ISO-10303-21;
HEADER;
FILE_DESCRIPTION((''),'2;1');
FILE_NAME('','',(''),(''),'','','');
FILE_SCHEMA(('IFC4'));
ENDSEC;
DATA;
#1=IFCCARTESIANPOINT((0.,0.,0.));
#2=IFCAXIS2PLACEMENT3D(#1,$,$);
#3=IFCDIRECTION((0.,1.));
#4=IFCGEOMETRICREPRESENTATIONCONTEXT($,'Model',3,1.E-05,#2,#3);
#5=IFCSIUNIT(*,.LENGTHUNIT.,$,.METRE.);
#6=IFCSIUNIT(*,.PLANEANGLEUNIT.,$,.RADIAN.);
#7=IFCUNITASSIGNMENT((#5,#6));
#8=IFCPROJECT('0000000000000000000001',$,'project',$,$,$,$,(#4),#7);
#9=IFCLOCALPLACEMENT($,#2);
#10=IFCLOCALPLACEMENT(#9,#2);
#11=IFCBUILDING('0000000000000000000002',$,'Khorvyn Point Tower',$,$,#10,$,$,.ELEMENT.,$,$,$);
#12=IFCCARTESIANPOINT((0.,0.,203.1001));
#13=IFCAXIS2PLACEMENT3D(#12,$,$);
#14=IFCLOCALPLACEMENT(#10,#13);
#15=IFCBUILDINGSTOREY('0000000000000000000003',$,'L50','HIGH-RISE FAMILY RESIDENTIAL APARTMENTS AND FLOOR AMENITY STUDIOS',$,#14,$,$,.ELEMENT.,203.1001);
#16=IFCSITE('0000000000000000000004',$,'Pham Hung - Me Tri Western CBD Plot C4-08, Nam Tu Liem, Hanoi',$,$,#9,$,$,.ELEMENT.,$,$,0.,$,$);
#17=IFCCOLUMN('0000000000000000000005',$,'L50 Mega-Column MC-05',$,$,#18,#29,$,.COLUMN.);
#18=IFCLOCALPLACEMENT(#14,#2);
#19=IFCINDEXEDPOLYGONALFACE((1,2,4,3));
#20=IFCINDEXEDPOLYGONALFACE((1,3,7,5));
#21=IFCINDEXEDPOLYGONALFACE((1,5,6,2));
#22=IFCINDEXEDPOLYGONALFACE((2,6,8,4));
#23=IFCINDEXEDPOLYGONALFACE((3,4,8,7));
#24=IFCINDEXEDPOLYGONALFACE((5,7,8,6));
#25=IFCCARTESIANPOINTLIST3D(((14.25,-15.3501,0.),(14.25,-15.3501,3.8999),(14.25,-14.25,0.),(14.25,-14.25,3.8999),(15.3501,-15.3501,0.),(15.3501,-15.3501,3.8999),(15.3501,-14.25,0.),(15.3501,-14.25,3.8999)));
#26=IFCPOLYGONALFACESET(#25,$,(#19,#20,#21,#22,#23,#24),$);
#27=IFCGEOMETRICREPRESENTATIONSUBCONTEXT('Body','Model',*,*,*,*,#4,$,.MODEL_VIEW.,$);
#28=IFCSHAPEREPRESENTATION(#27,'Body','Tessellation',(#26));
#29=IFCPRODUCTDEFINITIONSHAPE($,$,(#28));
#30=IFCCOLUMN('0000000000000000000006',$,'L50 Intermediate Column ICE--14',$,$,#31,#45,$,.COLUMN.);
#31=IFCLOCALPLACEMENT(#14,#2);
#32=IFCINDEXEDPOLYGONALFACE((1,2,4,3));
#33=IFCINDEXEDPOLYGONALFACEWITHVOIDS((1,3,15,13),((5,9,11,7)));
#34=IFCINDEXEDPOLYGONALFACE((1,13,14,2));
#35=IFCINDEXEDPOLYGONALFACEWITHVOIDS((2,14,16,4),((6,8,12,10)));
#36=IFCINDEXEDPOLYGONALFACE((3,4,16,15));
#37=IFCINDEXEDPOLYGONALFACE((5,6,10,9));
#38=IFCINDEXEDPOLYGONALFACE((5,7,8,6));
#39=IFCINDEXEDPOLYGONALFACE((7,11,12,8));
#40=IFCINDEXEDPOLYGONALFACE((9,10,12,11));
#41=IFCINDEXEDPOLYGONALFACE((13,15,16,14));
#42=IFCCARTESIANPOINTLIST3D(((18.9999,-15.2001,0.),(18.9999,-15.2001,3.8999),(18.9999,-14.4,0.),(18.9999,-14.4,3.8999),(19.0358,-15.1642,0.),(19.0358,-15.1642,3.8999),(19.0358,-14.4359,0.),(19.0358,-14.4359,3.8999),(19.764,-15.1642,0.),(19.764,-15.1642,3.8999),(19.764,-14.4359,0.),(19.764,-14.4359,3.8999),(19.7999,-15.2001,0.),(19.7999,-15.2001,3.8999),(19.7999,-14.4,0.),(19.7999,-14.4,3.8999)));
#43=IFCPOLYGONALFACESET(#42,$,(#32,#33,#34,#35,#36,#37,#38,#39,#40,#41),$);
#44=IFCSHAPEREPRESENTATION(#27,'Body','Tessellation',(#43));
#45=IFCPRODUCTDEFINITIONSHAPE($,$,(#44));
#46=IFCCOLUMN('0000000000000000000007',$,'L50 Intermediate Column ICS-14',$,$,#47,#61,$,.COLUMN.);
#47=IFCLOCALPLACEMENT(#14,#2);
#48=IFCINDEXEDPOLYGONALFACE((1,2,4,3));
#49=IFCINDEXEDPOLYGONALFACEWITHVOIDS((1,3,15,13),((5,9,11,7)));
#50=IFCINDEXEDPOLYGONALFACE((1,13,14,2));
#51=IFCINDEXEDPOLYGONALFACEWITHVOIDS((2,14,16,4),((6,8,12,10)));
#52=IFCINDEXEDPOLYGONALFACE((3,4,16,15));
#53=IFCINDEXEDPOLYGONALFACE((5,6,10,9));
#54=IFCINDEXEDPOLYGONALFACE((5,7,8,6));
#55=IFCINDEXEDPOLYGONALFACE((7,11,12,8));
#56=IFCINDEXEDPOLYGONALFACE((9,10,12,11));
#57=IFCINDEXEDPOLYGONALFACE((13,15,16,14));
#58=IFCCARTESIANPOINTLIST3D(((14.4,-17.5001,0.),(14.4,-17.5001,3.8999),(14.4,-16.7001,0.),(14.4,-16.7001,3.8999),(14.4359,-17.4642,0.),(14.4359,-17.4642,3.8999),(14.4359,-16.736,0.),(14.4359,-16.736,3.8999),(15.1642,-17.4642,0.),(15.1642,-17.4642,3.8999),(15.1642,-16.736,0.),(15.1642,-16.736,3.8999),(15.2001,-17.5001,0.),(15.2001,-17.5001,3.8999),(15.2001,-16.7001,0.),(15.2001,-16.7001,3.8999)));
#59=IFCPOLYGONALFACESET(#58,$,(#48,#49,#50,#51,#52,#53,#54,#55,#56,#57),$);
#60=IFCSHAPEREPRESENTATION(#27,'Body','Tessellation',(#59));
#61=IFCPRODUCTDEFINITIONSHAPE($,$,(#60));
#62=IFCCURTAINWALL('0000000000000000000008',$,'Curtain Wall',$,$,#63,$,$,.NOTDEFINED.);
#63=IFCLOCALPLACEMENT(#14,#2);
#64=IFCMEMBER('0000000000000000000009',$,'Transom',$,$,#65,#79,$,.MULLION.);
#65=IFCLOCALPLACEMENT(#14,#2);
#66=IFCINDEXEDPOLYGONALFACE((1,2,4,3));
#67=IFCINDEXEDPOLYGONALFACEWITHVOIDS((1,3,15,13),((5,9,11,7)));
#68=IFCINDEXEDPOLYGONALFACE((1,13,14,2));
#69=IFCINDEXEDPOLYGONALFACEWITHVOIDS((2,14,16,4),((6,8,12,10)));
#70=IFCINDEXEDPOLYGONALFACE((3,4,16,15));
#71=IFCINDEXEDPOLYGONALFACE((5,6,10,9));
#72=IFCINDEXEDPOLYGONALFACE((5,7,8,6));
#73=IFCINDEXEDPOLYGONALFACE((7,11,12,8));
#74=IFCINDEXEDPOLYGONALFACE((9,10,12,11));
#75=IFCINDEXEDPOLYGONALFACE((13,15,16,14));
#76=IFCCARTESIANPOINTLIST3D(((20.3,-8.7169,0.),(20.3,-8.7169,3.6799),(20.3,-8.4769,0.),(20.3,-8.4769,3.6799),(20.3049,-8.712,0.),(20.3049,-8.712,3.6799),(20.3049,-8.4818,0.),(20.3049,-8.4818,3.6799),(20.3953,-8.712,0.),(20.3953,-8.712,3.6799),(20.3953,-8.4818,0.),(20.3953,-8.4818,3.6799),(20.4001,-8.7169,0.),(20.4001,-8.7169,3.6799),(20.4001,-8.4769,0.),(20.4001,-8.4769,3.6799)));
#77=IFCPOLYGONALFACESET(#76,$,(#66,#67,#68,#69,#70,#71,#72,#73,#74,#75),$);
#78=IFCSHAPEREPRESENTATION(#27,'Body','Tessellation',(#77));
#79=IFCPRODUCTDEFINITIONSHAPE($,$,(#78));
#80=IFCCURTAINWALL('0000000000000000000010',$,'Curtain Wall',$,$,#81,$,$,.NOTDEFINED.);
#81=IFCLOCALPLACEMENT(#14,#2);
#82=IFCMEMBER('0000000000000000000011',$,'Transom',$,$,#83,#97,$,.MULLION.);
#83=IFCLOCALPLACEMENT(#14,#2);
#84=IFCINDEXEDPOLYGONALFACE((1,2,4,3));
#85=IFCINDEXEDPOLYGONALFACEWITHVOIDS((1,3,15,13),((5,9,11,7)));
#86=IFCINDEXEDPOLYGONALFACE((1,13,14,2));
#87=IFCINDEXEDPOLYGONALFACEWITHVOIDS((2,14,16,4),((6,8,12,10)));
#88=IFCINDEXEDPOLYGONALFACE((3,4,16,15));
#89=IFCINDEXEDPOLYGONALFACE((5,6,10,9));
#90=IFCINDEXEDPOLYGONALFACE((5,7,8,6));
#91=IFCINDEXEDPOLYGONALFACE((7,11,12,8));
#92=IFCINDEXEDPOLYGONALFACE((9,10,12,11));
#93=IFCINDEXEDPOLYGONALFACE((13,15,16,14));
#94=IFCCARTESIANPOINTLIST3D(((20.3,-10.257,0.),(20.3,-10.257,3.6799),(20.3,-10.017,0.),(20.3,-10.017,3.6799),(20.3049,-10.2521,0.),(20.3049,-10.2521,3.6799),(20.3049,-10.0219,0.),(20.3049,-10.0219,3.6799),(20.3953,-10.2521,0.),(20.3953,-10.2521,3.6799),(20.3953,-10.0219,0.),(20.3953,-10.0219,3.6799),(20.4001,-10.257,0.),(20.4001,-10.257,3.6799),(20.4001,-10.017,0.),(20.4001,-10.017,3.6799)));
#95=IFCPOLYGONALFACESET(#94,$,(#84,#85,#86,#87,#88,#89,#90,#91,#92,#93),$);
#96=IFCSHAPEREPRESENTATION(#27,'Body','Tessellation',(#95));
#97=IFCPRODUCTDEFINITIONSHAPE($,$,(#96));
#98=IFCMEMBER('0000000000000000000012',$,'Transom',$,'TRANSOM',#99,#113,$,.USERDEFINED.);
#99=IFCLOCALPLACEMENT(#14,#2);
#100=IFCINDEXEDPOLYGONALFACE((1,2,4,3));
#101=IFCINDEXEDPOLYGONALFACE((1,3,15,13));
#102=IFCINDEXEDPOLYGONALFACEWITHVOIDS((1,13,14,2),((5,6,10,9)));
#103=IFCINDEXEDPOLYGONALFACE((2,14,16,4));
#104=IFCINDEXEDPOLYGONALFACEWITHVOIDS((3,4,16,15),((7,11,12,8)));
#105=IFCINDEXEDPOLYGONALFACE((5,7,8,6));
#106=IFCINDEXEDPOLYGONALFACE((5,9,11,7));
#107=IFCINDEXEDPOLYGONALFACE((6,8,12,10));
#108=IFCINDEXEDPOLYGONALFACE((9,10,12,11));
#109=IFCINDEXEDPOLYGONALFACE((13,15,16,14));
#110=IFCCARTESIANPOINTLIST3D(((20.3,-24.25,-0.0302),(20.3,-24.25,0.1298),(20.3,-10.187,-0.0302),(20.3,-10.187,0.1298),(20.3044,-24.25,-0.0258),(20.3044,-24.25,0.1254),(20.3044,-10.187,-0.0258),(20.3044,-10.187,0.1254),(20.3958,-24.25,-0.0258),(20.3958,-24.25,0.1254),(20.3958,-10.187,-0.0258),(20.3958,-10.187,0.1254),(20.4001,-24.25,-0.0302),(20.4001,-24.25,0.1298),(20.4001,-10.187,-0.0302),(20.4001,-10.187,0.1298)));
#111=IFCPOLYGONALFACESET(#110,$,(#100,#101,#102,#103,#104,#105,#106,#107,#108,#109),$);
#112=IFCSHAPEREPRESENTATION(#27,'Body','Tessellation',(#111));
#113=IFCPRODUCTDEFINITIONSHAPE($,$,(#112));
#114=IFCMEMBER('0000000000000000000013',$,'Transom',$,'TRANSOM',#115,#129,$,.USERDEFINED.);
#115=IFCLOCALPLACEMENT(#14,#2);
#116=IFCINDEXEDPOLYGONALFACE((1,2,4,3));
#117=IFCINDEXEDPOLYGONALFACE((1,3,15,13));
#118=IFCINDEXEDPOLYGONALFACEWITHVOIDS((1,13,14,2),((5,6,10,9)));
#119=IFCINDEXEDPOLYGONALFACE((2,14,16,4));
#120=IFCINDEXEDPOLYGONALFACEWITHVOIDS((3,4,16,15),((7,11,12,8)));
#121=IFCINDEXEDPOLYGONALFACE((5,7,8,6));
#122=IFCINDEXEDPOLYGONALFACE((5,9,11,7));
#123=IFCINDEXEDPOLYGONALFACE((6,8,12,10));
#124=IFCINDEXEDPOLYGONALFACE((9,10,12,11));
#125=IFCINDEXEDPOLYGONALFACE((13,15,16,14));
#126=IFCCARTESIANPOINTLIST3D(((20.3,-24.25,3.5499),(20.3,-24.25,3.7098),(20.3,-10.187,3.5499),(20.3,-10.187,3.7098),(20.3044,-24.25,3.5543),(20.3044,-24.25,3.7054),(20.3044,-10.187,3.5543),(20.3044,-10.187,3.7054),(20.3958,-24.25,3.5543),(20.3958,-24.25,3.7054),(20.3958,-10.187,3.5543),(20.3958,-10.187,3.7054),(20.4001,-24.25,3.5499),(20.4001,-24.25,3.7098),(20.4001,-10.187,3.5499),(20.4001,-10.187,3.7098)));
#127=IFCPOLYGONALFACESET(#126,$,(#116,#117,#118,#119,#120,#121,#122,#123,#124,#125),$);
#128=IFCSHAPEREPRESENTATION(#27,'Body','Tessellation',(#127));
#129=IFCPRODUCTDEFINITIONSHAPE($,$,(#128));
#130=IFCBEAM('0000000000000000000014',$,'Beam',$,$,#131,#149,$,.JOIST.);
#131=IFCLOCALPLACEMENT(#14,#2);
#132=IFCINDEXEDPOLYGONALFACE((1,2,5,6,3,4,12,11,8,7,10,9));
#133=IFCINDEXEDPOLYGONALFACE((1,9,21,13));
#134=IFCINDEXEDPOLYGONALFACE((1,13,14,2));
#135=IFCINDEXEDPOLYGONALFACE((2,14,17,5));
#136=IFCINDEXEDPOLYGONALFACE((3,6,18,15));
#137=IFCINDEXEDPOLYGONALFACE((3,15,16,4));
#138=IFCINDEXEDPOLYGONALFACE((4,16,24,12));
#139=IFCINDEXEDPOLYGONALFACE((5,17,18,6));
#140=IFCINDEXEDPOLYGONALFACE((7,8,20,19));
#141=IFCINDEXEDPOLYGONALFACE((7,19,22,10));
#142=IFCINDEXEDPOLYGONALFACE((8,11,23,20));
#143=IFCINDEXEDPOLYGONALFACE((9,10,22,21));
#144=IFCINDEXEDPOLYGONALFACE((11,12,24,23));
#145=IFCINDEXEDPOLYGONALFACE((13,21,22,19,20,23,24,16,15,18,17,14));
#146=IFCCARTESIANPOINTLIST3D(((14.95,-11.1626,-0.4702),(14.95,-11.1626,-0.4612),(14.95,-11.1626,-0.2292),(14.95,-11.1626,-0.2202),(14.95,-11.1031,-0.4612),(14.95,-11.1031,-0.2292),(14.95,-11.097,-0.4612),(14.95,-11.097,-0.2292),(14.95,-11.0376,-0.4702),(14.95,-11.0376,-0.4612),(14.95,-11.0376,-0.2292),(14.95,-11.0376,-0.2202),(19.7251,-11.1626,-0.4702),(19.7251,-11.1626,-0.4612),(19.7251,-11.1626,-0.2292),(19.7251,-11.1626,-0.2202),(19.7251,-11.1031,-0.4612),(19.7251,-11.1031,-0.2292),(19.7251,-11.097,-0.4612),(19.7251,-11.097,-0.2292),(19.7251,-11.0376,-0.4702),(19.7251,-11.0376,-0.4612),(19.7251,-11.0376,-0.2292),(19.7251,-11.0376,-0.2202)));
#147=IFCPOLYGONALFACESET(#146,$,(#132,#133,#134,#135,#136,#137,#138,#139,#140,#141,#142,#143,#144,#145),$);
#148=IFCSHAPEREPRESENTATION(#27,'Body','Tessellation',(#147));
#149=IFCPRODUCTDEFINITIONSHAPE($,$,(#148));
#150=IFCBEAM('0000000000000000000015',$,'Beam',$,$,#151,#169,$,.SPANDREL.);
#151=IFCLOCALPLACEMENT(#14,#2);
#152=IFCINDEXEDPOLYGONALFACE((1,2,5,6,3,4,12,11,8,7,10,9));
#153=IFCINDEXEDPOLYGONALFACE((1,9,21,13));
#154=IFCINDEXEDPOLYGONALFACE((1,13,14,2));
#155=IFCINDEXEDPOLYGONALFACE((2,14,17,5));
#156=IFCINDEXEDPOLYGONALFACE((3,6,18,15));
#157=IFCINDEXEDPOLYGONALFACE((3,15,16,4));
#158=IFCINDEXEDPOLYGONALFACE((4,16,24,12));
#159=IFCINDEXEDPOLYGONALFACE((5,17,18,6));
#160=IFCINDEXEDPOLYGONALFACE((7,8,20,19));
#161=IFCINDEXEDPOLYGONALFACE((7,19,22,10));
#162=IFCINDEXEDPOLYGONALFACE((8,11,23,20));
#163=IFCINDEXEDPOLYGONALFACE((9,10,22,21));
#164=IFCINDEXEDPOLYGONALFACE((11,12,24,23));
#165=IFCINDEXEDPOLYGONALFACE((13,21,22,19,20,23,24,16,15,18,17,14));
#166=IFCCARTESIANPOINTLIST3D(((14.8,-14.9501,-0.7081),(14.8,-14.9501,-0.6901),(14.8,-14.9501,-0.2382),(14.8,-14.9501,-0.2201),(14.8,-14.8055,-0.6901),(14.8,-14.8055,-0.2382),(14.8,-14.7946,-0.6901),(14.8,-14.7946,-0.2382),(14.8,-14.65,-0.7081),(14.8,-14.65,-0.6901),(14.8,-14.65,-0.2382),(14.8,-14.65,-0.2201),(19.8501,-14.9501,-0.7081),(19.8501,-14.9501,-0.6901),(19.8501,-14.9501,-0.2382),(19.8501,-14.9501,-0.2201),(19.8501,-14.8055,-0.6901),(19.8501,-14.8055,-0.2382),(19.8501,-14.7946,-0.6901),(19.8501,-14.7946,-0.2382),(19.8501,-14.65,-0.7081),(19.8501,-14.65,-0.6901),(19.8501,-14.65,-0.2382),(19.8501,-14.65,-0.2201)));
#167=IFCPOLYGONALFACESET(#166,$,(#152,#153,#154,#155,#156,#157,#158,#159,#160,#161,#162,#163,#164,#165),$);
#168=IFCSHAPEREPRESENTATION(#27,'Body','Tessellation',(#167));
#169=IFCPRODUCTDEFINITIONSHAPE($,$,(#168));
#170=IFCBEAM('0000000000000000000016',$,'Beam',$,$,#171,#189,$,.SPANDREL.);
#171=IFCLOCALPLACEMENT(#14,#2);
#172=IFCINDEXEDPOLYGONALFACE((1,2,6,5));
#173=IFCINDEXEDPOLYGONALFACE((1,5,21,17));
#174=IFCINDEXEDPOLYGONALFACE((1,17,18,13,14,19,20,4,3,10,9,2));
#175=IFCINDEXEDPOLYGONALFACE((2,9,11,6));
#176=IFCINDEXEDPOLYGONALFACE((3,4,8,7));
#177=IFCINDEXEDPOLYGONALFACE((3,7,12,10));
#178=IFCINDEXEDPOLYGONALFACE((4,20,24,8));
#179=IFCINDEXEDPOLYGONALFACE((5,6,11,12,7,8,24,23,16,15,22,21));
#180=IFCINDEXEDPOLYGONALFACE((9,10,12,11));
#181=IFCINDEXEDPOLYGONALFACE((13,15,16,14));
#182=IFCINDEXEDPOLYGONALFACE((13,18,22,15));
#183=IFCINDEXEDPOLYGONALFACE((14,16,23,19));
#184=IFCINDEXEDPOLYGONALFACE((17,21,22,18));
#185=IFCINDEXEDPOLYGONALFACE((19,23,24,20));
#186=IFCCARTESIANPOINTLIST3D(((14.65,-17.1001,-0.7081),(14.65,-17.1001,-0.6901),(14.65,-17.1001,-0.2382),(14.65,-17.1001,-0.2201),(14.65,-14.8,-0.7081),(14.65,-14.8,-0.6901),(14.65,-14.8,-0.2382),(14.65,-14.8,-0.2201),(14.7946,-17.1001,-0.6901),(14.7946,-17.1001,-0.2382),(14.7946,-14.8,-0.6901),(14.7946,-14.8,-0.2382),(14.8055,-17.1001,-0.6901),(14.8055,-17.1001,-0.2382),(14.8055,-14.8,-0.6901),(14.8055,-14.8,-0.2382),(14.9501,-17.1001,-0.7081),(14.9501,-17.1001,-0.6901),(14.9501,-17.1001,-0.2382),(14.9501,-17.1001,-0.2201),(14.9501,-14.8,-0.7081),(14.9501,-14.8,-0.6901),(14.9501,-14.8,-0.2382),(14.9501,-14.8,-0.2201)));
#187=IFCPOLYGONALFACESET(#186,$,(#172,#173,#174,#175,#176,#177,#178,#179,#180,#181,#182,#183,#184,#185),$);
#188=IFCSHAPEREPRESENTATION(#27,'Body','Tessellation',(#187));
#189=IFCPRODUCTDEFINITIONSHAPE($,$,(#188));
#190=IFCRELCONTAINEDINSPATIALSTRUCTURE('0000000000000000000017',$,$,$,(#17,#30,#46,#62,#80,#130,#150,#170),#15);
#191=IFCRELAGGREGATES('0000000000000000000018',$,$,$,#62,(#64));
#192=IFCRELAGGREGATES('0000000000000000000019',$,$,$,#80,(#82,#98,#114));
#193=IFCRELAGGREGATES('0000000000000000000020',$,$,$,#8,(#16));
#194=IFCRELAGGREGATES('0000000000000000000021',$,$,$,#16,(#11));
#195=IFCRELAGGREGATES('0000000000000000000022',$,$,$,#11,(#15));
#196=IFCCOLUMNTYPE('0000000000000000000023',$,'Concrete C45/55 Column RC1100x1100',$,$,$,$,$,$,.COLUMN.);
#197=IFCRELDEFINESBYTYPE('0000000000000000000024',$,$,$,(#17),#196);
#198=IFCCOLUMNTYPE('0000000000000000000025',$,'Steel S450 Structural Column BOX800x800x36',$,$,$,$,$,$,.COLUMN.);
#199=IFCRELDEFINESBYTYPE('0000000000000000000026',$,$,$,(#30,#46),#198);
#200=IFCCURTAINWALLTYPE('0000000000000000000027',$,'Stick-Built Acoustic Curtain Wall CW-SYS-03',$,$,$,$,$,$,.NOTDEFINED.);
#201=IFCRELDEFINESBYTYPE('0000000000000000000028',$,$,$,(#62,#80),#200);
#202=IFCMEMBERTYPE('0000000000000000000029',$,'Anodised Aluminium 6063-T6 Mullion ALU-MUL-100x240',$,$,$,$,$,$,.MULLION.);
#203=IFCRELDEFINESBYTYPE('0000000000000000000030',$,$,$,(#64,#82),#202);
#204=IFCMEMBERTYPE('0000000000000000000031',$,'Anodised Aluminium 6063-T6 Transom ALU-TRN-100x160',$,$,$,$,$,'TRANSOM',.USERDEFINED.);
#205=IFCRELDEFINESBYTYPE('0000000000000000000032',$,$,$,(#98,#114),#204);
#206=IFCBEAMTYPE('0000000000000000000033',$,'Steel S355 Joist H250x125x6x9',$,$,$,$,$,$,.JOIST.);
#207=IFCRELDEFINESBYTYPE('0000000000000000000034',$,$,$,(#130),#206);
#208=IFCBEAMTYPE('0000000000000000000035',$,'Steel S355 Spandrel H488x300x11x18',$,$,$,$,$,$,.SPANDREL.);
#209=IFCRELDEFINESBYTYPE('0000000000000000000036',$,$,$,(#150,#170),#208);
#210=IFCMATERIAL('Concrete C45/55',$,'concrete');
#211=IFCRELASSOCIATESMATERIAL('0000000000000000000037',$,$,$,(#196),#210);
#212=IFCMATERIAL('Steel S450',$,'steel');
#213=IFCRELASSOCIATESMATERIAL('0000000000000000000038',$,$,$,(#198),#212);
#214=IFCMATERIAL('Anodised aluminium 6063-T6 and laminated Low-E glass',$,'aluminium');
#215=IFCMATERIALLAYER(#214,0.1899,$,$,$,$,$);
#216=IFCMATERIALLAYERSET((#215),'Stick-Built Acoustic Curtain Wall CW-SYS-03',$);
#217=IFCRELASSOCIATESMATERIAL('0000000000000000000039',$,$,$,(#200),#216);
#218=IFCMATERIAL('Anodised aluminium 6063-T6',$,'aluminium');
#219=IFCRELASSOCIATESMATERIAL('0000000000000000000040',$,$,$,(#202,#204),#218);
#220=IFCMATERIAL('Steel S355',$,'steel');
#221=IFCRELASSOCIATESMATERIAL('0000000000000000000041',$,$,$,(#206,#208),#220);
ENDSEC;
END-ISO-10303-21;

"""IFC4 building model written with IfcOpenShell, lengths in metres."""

from ifc_helpers import new_model, si_unit, direction, frame, origin, origin_2d, place, context, subcontext, project, spatial, rectangle, hollow_rectangle, i_section, extrude, material, layer, layer_set, material_profile, profile_set, type_object, element, aggregate, save


model = new_model("IFC4")

# Units and contexts
model_context = context("Model", 3, precision=1e-05, world=origin(), true_north=direction((0.0, 1.0)))
body_context = subcontext(model_context, "Body", "Model", "MODEL_VIEW")
ifc_project = project(units=[si_unit("LENGTHUNIT", "METRE"), si_unit("PLANEANGLEUNIT", "RADIAN")], contexts=[model_context])

# Site, building, storey
site_placement = place(None, origin())
site = spatial("IfcSite", under=ifc_project, at=site_placement, Name="Pham Hung - Me Tri Western CBD Plot C4-08, Nam Tu Liem, Hanoi", CompositionType="ELEMENT", RefElevation=0.0)
building_placement = place(site_placement, origin())
building = spatial("IfcBuilding", under=site, at=building_placement, Name="Khorvyn Point Tower", CompositionType="ELEMENT")
storey_placement = place(building_placement, frame((0.0, 0.0, 203.1001)))
storey = spatial("IfcBuildingStorey", under=building, at=storey_placement, Name="L50", Description="HIGH-RISE FAMILY RESIDENTIAL APARTMENTS AND FLOOR AMENITY STUDIOS", CompositionType="ELEMENT", Elevation=203.1001)

# Columns
ifc_material_1 = material(Name="Concrete C45/55", Category="concrete")
ifc_material_profile_1 = material_profile(ifc_material_1, rectangle(XDim=1.1001, YDim=1.1001, at=origin_2d()))
ifc_profile_set_1 = profile_set([ifc_material_profile_1], Name="Concrete C45/55 RC1100x1100")
column_type_1 = type_object("IfcColumnType", Name="Concrete C45/55 Column RC1100x1100", PredefinedType="COLUMN", material=ifc_profile_set_1)
column_placement = place(storey_placement, frame((14.8, -14.8, 0.0), z_axis=(0.0, 0.0, 1.0), x_axis=(1.0, 0.0, 0.0)))
element("IfcColumn", 1, at=column_placement, inside=storey, type_object=column_type_1, Name="L50 Mega-Column MC-05", PredefinedType="COLUMN", context=body_context, shape_type="SweptSolid", body=[
    extrude(rectangle(XDim=1.1001, YDim=1.1001, at=origin_2d()), origin(), (0.0, 0.0, 1.0), 3.8999),
])
ifc_material_2 = material(Name="Steel S450", Category="steel")
ifc_material_profile_2 = material_profile(ifc_material_2, hollow_rectangle(XDim=0.8, YDim=0.8, WallThickness=0.0359, at=origin_2d()))
ifc_profile_set_2 = profile_set([ifc_material_profile_2], Name="Steel S450 BOX800x800x36")
column_type_2 = type_object("IfcColumnType", Name="Steel S450 Structural Column BOX800x800x36", PredefinedType="COLUMN", material=ifc_profile_set_2)
for number, where, z_axis, x_axis, name in (
    (2, (19.3999, -14.8, 0.0), (0.0, 0.0, 1.0), (1.0, 0.0, 0.0), "L50 Intermediate Column ICE--14"),
    (3, (14.8, -17.1001, 0.0), (0.0, 0.0, 1.0), (1.0, 0.0, 0.0), "L50 Intermediate Column ICS-14"),
):
    element("IfcColumn", number, at=place(storey_placement, frame(where, z_axis=z_axis, x_axis=x_axis)), inside=storey, type_object=column_type_2, Name=name, PredefinedType="COLUMN", context=body_context, shape_type="SweptSolid", body=[
        extrude(hollow_rectangle(XDim=0.8, YDim=0.8, WallThickness=0.0359, at=origin_2d()), origin(), (0.0, 0.0, 1.0), 3.8999),
    ])

# Curtain wall, member
ifc_material_3 = material(Name="Anodised aluminium 6063-T6 and laminated Low-E glass", Category="aluminium")
ifc_layer_1 = layer(ifc_material_3, 0.1899)
ifc_layer_set_1 = layer_set([ifc_layer_1], Name="Stick-Built Acoustic Curtain Wall CW-SYS-03")
curtain_wall_type = type_object("IfcCurtainWallType", Name="Stick-Built Acoustic Curtain Wall CW-SYS-03", PredefinedType="NOTDEFINED", material=ifc_layer_set_1)
curtain_wall_1_placement = place(storey_placement, origin())
curtain_wall_1 = element("IfcCurtainWall", 4, at=curtain_wall_1_placement, inside=storey, type_object=curtain_wall_type, Name="Curtain Wall", PredefinedType="NOTDEFINED")
ifc_material_4 = material(Name="Anodised aluminium 6063-T6", Category="aluminium")
ifc_material_profile_3 = material_profile(ifc_material_4, hollow_rectangle(XDim=0.1001, YDim=0.24, WallThickness=0.0049, at=origin_2d()))
ifc_profile_set_3 = profile_set([ifc_material_profile_3], Name="Anodised aluminium 6063-T6 ALU-MUL-100x240")
member_type_1 = type_object("IfcMemberType", Name="Anodised Aluminium 6063-T6 Mullion ALU-MUL-100x240", PredefinedType="MULLION", material=ifc_profile_set_3)
member_1_placement = place(storey_placement, frame((20.3501, -8.5969, 0.0), z_axis=(0.0, 0.0, 1.0), x_axis=(1.0, 0.0, 0.0)))
member_1 = element("IfcMember", 5, at=member_1_placement, type_object=member_type_1, Name="Transom", PredefinedType="MULLION", context=body_context, shape_type="SweptSolid", body=[
    extrude(hollow_rectangle(XDim=0.1001, YDim=0.24, WallThickness=0.0049, at=origin_2d()), origin(), (0.0, 0.0, 1.0), 3.6799),
])
aggregate(curtain_wall_1, [member_1])

# Curtain wall, members
curtain_wall_2_placement = place(storey_placement, origin())
curtain_wall_2 = element("IfcCurtainWall", 6, at=curtain_wall_2_placement, inside=storey, type_object=curtain_wall_type, Name="Curtain Wall", PredefinedType="NOTDEFINED")
member_2_placement = place(storey_placement, frame((20.3501, -10.137, 0.0), z_axis=(0.0, 0.0, 1.0), x_axis=(1.0, 0.0, 0.0)))
member_2 = element("IfcMember", 7, at=member_2_placement, type_object=member_type_1, Name="Transom", PredefinedType="MULLION", context=body_context, shape_type="SweptSolid", body=[
    extrude(hollow_rectangle(XDim=0.1001, YDim=0.24, WallThickness=0.0049, at=origin_2d()), origin(), (0.0, 0.0, 1.0), 3.6799),
])
ifc_material_profile_4 = material_profile(ifc_material_4, hollow_rectangle(XDim=0.1001, YDim=0.1599, WallThickness=0.0044, at=origin_2d()))
ifc_profile_set_4 = profile_set([ifc_material_profile_4], Name="Anodised aluminium 6063-T6 ALU-TRN-100x160")
member_type_2 = type_object("IfcMemberType", Name="Anodised Aluminium 6063-T6 Transom ALU-TRN-100x160", ElementType="TRANSOM", PredefinedType="USERDEFINED", material=ifc_profile_set_4)
member_3_placement = place(storey_placement, frame((20.3501, -10.187, 0.0498), z_axis=(0.0, -1.0, 0.0), x_axis=(1.0, 0.0, 0.0)))
member_3 = element("IfcMember", 8, at=member_3_placement, type_object=member_type_2, Name="Transom", ObjectType="TRANSOM", PredefinedType="USERDEFINED", context=body_context, shape_type="SweptSolid", body=[
    extrude(hollow_rectangle(XDim=0.1001, YDim=0.1599, WallThickness=0.0044, at=origin_2d()), origin(), (0.0, 0.0, 1.0), 14.063),
])
member_4_placement = place(storey_placement, frame((20.3501, -10.187, 3.6299), z_axis=(0.0, -1.0, 0.0), x_axis=(1.0, 0.0, 0.0)))
member_4 = element("IfcMember", 9, at=member_4_placement, type_object=member_type_2, Name="Transom", ObjectType="TRANSOM", PredefinedType="USERDEFINED", context=body_context, shape_type="SweptSolid", body=[
    extrude(hollow_rectangle(XDim=0.1001, YDim=0.1599, WallThickness=0.0044, at=origin_2d()), origin(), (0.0, 0.0, 1.0), 14.063),
])

# Beams
ifc_material_5 = material(Name="Steel S355", Category="steel")
ifc_material_profile_5 = material_profile(ifc_material_5, i_section(OverallWidth=0.125, OverallDepth=0.25, WebThickness=0.0061, FlangeThickness=0.009, at=origin_2d()))
ifc_profile_set_5 = profile_set([ifc_material_profile_5], Name="Steel S355 H250x125x6x9")
beam_type_1 = type_object("IfcBeamType", Name="Steel S355 Joist H250x125x6x9", PredefinedType="JOIST", material=ifc_profile_set_5)
beam_1_placement = place(storey_placement, frame((14.95, -11.1001, -0.3452), z_axis=(1.0, 0.0, 0.0), x_axis=(0.0, 1.0, 0.0)))
element("IfcBeam", 10, at=beam_1_placement, inside=storey, type_object=beam_type_1, Name="Beam", PredefinedType="JOIST", context=body_context, shape_type="SweptSolid", body=[
    extrude(i_section(OverallWidth=0.125, OverallDepth=0.25, WebThickness=0.0061, FlangeThickness=0.009, at=origin_2d()), origin(), (0.0, 0.0, 1.0), 4.7751),
])
ifc_material_profile_6 = material_profile(ifc_material_5, i_section(OverallWidth=0.3, OverallDepth=0.488, WebThickness=0.011, FlangeThickness=0.0181, at=origin_2d()))
ifc_profile_set_6 = profile_set([ifc_material_profile_6], Name="Steel S355 H488x300x11x18")
beam_type_2 = type_object("IfcBeamType", Name="Steel S355 Spandrel H488x300x11x18", PredefinedType="SPANDREL", material=ifc_profile_set_6)
beam_2_placement = place(storey_placement, frame((14.8, -14.8, -0.4641), z_axis=(1.0, 0.0, 0.0), x_axis=(0.0, 1.0, 0.0)))
element("IfcBeam", 11, at=beam_2_placement, inside=storey, type_object=beam_type_2, Name="Beam", PredefinedType="SPANDREL", context=body_context, shape_type="SweptSolid", body=[
    extrude(i_section(OverallWidth=0.3, OverallDepth=0.488, WebThickness=0.011, FlangeThickness=0.0181, at=origin_2d()), origin(), (0.0, 0.0, 1.0), 5.05),
])
beam_3_placement = place(storey_placement, frame((14.8, -17.1001, -0.4641), z_axis=(0.0, 1.0, 0.0), x_axis=(-1.0, 0.0, 0.0)))
element("IfcBeam", 12, at=beam_3_placement, inside=storey, type_object=beam_type_2, Name="Beam", PredefinedType="SPANDREL", context=body_context, shape_type="SweptSolid", body=[
    extrude(i_section(OverallWidth=0.3, OverallDepth=0.488, WebThickness=0.011, FlangeThickness=0.0181, at=origin_2d()), origin(), (0.0, 0.0, 1.0), 2.3),
])

aggregate(curtain_wall_2, [member_2, member_3, member_4])

save(model, "model.ifc")
